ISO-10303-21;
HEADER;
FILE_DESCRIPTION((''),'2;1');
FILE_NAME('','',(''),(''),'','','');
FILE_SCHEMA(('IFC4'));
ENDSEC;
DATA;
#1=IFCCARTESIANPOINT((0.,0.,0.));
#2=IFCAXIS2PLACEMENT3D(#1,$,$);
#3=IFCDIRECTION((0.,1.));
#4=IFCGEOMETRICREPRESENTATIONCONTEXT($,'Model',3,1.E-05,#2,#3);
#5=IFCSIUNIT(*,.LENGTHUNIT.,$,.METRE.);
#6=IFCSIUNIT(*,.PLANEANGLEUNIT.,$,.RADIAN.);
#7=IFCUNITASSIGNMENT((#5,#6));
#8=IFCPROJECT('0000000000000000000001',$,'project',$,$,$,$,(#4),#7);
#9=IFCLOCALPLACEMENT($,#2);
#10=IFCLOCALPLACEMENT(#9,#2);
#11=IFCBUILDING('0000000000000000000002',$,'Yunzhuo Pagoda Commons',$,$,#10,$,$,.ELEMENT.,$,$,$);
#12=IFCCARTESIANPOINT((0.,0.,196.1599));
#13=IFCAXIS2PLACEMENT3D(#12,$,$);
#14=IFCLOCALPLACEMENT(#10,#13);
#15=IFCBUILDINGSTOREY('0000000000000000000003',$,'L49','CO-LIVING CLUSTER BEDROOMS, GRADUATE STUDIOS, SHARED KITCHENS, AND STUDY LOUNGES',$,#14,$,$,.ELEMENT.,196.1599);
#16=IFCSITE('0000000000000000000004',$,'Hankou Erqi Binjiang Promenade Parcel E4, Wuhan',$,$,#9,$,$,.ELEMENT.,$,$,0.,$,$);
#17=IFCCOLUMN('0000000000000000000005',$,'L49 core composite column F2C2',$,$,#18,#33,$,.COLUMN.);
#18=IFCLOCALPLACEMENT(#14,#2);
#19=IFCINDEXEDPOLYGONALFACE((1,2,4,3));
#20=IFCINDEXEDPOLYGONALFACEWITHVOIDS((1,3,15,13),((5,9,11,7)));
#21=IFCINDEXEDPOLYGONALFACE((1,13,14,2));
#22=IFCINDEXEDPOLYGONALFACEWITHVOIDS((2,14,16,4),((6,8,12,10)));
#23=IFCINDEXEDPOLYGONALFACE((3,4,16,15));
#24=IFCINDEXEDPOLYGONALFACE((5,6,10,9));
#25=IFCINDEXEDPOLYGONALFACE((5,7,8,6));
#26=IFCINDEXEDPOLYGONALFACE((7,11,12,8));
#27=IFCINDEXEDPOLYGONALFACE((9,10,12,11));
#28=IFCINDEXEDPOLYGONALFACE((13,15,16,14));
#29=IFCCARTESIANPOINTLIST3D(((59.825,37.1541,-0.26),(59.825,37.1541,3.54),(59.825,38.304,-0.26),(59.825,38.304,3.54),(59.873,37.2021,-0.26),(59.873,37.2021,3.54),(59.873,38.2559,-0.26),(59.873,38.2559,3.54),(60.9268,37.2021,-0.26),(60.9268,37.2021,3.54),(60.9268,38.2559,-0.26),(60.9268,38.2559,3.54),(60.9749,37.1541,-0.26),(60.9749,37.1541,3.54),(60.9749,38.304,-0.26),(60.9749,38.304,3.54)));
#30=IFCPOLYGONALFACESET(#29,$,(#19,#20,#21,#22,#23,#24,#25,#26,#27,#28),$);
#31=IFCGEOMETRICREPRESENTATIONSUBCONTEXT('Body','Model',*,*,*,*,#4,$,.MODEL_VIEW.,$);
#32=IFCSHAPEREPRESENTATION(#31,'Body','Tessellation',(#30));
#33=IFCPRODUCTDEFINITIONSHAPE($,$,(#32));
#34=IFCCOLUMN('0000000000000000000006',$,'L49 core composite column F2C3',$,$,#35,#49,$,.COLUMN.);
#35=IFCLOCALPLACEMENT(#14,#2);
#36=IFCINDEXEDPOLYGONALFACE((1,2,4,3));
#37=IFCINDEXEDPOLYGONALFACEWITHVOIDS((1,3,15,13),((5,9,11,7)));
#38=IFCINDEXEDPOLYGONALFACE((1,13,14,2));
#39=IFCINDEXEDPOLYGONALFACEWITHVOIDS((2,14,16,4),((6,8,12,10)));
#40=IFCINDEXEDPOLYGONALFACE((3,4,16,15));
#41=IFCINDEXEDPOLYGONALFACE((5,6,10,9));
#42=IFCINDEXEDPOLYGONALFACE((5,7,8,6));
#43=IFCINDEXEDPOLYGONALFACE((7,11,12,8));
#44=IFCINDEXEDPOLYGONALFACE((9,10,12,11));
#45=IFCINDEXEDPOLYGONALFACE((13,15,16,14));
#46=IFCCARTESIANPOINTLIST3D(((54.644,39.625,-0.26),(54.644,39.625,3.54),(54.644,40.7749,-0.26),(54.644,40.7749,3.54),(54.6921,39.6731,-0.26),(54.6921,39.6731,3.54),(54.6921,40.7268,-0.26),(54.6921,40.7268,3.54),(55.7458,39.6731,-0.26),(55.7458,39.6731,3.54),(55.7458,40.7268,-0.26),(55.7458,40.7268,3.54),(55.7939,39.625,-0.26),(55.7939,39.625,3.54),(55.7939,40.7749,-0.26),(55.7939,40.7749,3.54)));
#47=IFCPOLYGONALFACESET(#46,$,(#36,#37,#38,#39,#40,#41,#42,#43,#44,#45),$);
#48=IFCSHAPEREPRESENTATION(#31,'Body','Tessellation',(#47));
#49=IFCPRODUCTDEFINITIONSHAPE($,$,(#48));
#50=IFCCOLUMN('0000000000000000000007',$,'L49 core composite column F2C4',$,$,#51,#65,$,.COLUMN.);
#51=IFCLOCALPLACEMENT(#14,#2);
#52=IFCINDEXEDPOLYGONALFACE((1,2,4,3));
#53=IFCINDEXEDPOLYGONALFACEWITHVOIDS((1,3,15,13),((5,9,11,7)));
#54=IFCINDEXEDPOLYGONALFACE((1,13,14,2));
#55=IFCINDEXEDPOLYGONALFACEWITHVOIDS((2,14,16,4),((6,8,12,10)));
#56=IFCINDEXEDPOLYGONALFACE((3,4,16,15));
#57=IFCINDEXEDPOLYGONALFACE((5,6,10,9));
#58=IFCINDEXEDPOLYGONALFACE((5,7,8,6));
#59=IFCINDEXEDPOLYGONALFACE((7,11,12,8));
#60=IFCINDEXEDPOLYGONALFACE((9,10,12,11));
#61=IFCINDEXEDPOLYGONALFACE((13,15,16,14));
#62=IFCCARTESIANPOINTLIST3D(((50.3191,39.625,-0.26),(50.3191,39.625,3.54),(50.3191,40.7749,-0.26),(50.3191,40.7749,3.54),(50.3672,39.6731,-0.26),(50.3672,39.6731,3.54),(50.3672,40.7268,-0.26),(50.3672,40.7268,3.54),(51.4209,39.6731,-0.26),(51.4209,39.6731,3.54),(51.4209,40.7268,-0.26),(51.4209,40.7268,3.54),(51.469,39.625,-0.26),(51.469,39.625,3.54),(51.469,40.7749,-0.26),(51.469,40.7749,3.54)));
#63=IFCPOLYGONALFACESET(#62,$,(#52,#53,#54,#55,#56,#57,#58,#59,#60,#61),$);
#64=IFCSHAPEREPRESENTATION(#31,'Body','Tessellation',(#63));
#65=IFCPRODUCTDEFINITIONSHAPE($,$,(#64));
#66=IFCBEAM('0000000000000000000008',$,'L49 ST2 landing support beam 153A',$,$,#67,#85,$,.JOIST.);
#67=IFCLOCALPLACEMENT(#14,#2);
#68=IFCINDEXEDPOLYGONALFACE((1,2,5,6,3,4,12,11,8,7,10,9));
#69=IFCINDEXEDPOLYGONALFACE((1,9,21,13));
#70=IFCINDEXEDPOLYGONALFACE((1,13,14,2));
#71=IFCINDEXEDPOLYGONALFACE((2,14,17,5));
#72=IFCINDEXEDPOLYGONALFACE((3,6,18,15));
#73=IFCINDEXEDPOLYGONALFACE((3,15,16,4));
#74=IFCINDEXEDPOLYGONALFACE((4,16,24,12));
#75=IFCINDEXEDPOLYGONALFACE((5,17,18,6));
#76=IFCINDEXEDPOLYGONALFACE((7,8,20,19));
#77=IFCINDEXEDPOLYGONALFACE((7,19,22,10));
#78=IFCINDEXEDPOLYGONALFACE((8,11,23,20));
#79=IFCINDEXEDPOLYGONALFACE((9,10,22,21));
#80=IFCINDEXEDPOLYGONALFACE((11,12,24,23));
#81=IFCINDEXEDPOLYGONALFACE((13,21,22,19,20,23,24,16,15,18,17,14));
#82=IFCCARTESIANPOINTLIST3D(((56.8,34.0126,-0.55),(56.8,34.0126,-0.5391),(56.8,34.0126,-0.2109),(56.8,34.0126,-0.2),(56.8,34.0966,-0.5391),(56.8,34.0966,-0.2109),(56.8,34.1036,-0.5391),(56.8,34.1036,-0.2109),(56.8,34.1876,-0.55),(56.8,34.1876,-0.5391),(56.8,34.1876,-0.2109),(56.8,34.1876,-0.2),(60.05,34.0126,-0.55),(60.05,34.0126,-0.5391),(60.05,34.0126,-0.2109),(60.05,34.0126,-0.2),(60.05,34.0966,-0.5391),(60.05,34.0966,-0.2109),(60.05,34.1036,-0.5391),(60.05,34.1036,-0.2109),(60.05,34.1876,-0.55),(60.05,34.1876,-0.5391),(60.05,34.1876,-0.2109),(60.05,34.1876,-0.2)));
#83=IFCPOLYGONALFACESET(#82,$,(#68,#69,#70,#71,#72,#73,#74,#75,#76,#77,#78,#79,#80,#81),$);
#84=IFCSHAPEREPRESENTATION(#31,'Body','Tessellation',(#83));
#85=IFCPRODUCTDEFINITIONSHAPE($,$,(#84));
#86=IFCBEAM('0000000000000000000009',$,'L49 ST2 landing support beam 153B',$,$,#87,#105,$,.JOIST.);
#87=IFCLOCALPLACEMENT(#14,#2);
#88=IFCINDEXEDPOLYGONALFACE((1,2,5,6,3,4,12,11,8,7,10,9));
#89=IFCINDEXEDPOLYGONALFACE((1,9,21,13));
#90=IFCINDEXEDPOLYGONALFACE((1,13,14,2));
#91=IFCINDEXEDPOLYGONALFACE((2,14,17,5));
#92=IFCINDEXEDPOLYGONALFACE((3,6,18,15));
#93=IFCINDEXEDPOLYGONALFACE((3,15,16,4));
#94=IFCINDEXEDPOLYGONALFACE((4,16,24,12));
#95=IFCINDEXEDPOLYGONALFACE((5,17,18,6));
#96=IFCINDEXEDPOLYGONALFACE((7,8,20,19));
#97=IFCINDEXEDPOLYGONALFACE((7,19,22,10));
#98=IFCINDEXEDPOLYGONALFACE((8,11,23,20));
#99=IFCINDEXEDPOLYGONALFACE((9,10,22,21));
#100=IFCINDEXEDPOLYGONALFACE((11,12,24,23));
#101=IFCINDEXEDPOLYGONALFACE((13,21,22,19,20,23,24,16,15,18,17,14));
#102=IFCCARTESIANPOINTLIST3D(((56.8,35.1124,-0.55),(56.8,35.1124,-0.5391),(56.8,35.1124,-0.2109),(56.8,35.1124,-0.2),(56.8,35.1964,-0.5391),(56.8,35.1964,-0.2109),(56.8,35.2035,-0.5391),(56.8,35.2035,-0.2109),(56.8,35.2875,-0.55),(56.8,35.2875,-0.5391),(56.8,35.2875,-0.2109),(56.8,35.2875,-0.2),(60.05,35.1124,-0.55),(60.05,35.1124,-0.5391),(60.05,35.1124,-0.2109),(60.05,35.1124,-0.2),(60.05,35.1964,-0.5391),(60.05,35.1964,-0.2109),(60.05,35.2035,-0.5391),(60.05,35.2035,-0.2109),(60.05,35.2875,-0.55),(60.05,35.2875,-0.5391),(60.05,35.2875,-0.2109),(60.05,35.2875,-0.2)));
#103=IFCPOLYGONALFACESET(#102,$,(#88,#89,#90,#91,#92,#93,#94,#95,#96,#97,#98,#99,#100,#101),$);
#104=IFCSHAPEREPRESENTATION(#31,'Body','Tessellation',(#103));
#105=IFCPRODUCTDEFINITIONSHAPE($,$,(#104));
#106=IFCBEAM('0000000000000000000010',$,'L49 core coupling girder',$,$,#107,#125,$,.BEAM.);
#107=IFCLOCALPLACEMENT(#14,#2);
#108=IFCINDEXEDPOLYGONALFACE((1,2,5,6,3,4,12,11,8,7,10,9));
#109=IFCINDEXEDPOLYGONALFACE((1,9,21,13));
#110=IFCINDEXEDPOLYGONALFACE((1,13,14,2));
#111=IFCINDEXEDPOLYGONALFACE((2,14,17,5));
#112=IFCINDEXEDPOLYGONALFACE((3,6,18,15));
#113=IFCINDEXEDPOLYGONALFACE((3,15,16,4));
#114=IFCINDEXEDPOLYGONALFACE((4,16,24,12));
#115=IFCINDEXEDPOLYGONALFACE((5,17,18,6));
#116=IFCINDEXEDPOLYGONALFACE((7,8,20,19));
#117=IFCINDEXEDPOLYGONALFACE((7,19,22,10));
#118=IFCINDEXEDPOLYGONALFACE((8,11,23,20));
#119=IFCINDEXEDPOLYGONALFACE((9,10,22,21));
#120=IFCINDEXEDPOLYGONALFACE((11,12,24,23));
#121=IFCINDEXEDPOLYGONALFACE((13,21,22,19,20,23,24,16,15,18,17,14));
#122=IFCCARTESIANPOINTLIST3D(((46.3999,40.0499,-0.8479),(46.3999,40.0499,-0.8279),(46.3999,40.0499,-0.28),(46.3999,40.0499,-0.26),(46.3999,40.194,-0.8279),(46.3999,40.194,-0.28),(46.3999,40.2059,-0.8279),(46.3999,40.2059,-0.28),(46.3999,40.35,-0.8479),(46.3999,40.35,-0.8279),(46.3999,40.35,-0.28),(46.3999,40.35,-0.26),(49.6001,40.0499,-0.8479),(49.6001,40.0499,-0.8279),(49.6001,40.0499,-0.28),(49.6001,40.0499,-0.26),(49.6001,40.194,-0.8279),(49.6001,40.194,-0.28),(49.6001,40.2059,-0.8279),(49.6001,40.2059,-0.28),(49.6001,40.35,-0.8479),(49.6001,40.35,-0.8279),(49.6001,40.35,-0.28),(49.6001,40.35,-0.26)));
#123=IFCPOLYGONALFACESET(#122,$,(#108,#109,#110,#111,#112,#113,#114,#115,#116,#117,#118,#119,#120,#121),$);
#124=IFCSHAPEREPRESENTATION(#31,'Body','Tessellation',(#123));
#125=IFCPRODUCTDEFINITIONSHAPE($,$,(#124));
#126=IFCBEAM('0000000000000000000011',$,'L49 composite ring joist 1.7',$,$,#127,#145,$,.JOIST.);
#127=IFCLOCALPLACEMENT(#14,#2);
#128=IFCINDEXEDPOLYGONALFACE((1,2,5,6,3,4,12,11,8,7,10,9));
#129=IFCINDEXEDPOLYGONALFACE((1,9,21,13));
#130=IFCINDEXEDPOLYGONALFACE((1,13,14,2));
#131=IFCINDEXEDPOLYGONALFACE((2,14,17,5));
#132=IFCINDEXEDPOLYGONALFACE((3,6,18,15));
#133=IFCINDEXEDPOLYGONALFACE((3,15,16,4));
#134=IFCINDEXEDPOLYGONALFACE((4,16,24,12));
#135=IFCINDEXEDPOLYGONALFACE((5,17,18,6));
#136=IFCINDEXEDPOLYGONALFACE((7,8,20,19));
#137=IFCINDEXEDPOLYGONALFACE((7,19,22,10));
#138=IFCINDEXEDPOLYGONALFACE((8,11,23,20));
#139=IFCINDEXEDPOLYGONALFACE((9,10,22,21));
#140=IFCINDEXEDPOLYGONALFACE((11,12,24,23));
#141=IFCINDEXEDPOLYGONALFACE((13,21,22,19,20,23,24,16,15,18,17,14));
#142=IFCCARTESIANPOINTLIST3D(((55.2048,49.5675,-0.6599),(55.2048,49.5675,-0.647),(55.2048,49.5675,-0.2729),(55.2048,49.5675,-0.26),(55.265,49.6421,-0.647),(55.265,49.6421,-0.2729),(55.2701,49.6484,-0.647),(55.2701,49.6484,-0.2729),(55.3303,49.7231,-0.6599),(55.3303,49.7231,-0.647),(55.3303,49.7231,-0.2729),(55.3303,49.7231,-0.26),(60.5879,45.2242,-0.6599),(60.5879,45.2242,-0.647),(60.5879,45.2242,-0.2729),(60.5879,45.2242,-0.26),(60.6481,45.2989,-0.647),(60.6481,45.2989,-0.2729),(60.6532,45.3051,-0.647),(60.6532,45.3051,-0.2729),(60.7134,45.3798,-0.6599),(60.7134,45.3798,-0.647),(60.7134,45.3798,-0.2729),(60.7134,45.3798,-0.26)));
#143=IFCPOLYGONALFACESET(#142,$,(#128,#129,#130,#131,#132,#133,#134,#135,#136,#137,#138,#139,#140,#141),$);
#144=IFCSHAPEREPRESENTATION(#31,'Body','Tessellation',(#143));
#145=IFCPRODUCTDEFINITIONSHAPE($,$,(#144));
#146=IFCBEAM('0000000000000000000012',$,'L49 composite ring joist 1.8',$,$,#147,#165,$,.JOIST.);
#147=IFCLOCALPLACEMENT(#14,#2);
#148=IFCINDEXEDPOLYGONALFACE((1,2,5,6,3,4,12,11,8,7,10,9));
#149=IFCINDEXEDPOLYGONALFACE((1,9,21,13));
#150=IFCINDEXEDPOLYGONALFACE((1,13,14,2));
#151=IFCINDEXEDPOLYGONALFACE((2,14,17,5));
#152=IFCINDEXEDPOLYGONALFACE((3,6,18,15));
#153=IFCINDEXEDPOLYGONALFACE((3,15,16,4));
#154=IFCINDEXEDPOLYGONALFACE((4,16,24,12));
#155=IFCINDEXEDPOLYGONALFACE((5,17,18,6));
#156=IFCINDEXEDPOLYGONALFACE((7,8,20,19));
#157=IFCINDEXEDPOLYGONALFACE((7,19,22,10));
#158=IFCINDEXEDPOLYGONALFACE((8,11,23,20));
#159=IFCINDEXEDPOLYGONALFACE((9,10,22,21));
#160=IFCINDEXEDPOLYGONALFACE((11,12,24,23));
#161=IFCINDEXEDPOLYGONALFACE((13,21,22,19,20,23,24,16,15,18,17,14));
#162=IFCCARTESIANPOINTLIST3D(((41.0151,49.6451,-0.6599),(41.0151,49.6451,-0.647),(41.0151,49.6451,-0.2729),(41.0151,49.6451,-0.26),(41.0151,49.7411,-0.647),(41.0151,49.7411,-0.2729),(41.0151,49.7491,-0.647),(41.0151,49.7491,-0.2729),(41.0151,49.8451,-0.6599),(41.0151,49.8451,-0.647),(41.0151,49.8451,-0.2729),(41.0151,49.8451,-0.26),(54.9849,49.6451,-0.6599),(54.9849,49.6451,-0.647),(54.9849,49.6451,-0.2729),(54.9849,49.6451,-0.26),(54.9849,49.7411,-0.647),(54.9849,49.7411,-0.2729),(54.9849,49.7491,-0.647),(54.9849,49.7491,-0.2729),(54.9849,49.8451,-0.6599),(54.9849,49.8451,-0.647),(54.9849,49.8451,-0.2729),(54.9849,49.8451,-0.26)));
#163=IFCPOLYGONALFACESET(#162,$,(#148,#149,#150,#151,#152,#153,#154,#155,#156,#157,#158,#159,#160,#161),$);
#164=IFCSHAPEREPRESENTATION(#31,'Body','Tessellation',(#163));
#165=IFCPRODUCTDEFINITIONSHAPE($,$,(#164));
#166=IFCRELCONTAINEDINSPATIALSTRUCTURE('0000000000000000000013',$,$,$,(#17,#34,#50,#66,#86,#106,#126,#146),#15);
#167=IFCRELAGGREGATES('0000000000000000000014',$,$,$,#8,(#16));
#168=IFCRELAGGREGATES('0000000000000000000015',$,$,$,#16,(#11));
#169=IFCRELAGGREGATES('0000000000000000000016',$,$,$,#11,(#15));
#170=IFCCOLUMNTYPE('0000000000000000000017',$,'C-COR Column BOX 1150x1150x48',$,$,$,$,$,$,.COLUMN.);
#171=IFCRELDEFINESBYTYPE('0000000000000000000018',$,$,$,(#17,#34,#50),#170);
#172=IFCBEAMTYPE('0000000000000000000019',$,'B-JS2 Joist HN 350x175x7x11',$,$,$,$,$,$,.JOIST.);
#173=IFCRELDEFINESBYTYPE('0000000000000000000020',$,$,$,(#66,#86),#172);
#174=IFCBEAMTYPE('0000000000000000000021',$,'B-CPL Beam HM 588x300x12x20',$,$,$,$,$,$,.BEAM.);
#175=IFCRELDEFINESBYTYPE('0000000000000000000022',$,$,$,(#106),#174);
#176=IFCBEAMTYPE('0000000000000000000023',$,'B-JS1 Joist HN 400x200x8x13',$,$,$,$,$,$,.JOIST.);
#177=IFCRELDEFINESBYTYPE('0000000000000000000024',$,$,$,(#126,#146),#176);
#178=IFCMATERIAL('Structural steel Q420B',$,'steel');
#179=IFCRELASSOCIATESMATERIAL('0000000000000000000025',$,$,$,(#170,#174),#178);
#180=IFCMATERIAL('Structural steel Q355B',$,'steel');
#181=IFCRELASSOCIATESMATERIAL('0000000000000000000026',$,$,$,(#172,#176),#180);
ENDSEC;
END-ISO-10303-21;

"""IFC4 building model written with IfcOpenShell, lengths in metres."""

from ifc_helpers import new_model, si_unit, direction, frame, origin, origin_2d, place, context, subcontext, project, spatial, hollow_rectangle, i_section, extrude, source, transform, mapped, material, material_profile, profile_set, type_object, element, save


model = new_model("IFC4")

# Units and contexts
model_context = context("Model", 3, precision=1e-05, world=origin(), true_north=direction((0.0, 1.0)))
body_context = subcontext(model_context, "Body", "Model", "MODEL_VIEW")
ifc_project = project(units=[si_unit("LENGTHUNIT", "METRE"), si_unit("PLANEANGLEUNIT", "RADIAN")], contexts=[model_context])

# Site, building, storey
site_placement = place(None, origin())
site = spatial("IfcSite", under=ifc_project, at=site_placement, Name="Hankou Erqi Binjiang Promenade Parcel E4, Wuhan", CompositionType="ELEMENT", RefElevation=0.0)
building_placement = place(site_placement, origin())
building = spatial("IfcBuilding", under=site, at=building_placement, Name="Yunzhuo Pagoda Commons", CompositionType="ELEMENT")
storey_placement = place(building_placement, frame((0.0, 0.0, 196.1599)))
storey = spatial("IfcBuildingStorey", under=building, at=storey_placement, Name="L49", Description="CO-LIVING CLUSTER BEDROOMS, GRADUATE STUDIOS, SHARED KITCHENS, AND STUDY LOUNGES", CompositionType="ELEMENT", Elevation=196.1599)

# Columns
ifc_material_1 = material(Name="Structural steel Q420B", Category="steel")
ifc_material_profile_1 = material_profile(ifc_material_1, hollow_rectangle(XDim=1.1499, YDim=1.1499, WallThickness=0.0481, at=origin_2d()), Name="Structural steel Q420B")
ifc_profile_set_1 = profile_set([ifc_material_profile_1], Name="Structural steel Q420B")
column_type = type_object("IfcColumnType", Name="C-COR Column BOX 1150x1150x48", PredefinedType="COLUMN", material=ifc_profile_set_1)
shared_shape_1 = source(origin(), body_context, "Body", "SweptSolid", [
    extrude(hollow_rectangle(XDim=1.1499, YDim=1.1499, WallThickness=0.0481, at=origin_2d()), origin(), (0.0, 0.0, 1.0), 3.8),
])
for number, where, z_axis, x_axis, name in (
    (1, (60.3999, 37.729, -0.26), (0.0, 0.0, 1.0), (1.0, 0.0, 0.0), "L49 core composite column F2C2"),
    (2, (55.219, 40.2, -0.26), (0.0, 0.0, 1.0), (1.0, 0.0, 0.0), "L49 core composite column F2C3"),
    (3, (50.894, 40.2, -0.26), (0.0, 0.0, 1.0), (1.0, 0.0, 0.0), "L49 core composite column F2C4"),
):
    element("IfcColumn", number, at=place(storey_placement, frame(where, z_axis=z_axis, x_axis=x_axis)), inside=storey, type_object=column_type, Name=name, PredefinedType="COLUMN", context=body_context, shape_type="MappedRepresentation", body=[
        mapped(shared_shape_1, transform((0.0, 0.0, 0.0), scale=1.0)),
    ])

# Beams
ifc_material_2 = material(Name="Structural steel Q355B", Category="steel")
ifc_material_profile_2 = material_profile(ifc_material_2, i_section(OverallWidth=0.175, OverallDepth=0.3501, WebThickness=0.0071, FlangeThickness=0.011, at=origin_2d()), Name="Structural steel Q355B")
ifc_profile_set_2 = profile_set([ifc_material_profile_2], Name="Structural steel Q355B")
beam_type_1 = type_object("IfcBeamType", Name="B-JS2 Joist HN 350x175x7x11", PredefinedType="JOIST", material=ifc_profile_set_2)
shared_shape_2 = source(origin(), body_context, "Body", "SweptSolid", [
    extrude(i_section(OverallWidth=0.175, OverallDepth=0.3501, WebThickness=0.0071, FlangeThickness=0.011, at=origin_2d()), origin(), (0.0, 0.0, 1.0), 3.25),
])
for number, where, z_axis, x_axis, name in (
    (4, (56.8, 34.1001, -0.375), (1.0, 0.0, 0.0), (0.0, 1.0, 0.0), "L49 ST2 landing support beam 153A"),
    (5, (56.8, 35.2, -0.375), (1.0, 0.0, 0.0), (0.0, 1.0, 0.0), "L49 ST2 landing support beam 153B"),
):
    element("IfcBeam", number, at=place(storey_placement, frame(where, z_axis=z_axis, x_axis=x_axis)), inside=storey, type_object=beam_type_1, Name=name, PredefinedType="JOIST", context=body_context, shape_type="MappedRepresentation", body=[
        mapped(shared_shape_2, transform((0.0, 0.0, 0.0), scale=1.0)),
    ])
ifc_material_profile_3 = material_profile(ifc_material_1, i_section(OverallWidth=0.3, OverallDepth=0.5879, WebThickness=0.012, FlangeThickness=0.02, at=origin_2d()), Name="Structural steel Q420B")
ifc_profile_set_3 = profile_set([ifc_material_profile_3], Name="Structural steel Q420B")
beam_type_2 = type_object("IfcBeamType", Name="B-CPL Beam HM 588x300x12x20", PredefinedType="BEAM", material=ifc_profile_set_3)
shared_shape_3 = source(origin(), body_context, "Body", "SweptSolid", [
    extrude(i_section(OverallWidth=0.3, OverallDepth=0.5879, WebThickness=0.012, FlangeThickness=0.02, at=origin_2d()), origin(), (0.0, 0.0, 1.0), 3.2002),
])
beam_1_placement = place(storey_placement, frame((46.3999, 40.2, -0.554), z_axis=(1.0, 0.0, 0.0), x_axis=(0.0, 1.0, 0.0)))
element("IfcBeam", 6, at=beam_1_placement, inside=storey, type_object=beam_type_2, Name="L49 core coupling girder", PredefinedType="BEAM", context=body_context, shape_type="MappedRepresentation", body=[
    mapped(shared_shape_3, transform((0.0, 0.0, 0.0), scale=1.0)),
])
ifc_material_profile_4 = material_profile(ifc_material_2, i_section(OverallWidth=0.2, OverallDepth=0.3999, WebThickness=0.0081, FlangeThickness=0.0129, at=origin_2d()), Name="Structural steel Q355B")
ifc_profile_set_4 = profile_set([ifc_material_profile_4], Name="Structural steel Q355B")
beam_type_3 = type_object("IfcBeamType", Name="B-JS1 Joist HN 400x200x8x13", PredefinedType="JOIST", material=ifc_profile_set_4)
shared_shape_4 = source(origin(), body_context, "Body", "SweptSolid", [
    extrude(i_section(OverallWidth=0.2, OverallDepth=0.3999, WebThickness=0.0081, FlangeThickness=0.0129, at=origin_2d()), origin(), (0.0, 0.0, 1.0), 6.9167),
])
beam_2_placement = place(storey_placement, frame((60.6506, 45.302, -0.46), z_axis=(-0.778266, 0.627935, 0.0), x_axis=(-0.627935, -0.778266, 0.0)))
element("IfcBeam", 7, at=beam_2_placement, inside=storey, type_object=beam_type_3, Name="L49 composite ring joist 1.7", PredefinedType="JOIST", context=body_context, shape_type="MappedRepresentation", body=[
    mapped(shared_shape_4, transform((0.0, 0.0, 0.0), scale=1.0)),
])
shared_shape_5 = source(origin(), body_context, "Body", "SweptSolid", [
    extrude(i_section(OverallWidth=0.2, OverallDepth=0.3999, WebThickness=0.0081, FlangeThickness=0.0129, at=origin_2d()), origin(), (0.0, 0.0, 1.0), 13.9697),
])
beam_3_placement = place(storey_placement, frame((54.9849, 49.7451, -0.46), z_axis=(-1.0, 0.0, 0.0), x_axis=(0.0, -1.0, 0.0)))
element("IfcBeam", 8, at=beam_3_placement, inside=storey, type_object=beam_type_3, Name="L49 composite ring joist 1.8", PredefinedType="JOIST", context=body_context, shape_type="MappedRepresentation", body=[
    mapped(shared_shape_5, transform((0.0, 0.0, 0.0), scale=1.0)),
])

save(model, "model.ifc")
